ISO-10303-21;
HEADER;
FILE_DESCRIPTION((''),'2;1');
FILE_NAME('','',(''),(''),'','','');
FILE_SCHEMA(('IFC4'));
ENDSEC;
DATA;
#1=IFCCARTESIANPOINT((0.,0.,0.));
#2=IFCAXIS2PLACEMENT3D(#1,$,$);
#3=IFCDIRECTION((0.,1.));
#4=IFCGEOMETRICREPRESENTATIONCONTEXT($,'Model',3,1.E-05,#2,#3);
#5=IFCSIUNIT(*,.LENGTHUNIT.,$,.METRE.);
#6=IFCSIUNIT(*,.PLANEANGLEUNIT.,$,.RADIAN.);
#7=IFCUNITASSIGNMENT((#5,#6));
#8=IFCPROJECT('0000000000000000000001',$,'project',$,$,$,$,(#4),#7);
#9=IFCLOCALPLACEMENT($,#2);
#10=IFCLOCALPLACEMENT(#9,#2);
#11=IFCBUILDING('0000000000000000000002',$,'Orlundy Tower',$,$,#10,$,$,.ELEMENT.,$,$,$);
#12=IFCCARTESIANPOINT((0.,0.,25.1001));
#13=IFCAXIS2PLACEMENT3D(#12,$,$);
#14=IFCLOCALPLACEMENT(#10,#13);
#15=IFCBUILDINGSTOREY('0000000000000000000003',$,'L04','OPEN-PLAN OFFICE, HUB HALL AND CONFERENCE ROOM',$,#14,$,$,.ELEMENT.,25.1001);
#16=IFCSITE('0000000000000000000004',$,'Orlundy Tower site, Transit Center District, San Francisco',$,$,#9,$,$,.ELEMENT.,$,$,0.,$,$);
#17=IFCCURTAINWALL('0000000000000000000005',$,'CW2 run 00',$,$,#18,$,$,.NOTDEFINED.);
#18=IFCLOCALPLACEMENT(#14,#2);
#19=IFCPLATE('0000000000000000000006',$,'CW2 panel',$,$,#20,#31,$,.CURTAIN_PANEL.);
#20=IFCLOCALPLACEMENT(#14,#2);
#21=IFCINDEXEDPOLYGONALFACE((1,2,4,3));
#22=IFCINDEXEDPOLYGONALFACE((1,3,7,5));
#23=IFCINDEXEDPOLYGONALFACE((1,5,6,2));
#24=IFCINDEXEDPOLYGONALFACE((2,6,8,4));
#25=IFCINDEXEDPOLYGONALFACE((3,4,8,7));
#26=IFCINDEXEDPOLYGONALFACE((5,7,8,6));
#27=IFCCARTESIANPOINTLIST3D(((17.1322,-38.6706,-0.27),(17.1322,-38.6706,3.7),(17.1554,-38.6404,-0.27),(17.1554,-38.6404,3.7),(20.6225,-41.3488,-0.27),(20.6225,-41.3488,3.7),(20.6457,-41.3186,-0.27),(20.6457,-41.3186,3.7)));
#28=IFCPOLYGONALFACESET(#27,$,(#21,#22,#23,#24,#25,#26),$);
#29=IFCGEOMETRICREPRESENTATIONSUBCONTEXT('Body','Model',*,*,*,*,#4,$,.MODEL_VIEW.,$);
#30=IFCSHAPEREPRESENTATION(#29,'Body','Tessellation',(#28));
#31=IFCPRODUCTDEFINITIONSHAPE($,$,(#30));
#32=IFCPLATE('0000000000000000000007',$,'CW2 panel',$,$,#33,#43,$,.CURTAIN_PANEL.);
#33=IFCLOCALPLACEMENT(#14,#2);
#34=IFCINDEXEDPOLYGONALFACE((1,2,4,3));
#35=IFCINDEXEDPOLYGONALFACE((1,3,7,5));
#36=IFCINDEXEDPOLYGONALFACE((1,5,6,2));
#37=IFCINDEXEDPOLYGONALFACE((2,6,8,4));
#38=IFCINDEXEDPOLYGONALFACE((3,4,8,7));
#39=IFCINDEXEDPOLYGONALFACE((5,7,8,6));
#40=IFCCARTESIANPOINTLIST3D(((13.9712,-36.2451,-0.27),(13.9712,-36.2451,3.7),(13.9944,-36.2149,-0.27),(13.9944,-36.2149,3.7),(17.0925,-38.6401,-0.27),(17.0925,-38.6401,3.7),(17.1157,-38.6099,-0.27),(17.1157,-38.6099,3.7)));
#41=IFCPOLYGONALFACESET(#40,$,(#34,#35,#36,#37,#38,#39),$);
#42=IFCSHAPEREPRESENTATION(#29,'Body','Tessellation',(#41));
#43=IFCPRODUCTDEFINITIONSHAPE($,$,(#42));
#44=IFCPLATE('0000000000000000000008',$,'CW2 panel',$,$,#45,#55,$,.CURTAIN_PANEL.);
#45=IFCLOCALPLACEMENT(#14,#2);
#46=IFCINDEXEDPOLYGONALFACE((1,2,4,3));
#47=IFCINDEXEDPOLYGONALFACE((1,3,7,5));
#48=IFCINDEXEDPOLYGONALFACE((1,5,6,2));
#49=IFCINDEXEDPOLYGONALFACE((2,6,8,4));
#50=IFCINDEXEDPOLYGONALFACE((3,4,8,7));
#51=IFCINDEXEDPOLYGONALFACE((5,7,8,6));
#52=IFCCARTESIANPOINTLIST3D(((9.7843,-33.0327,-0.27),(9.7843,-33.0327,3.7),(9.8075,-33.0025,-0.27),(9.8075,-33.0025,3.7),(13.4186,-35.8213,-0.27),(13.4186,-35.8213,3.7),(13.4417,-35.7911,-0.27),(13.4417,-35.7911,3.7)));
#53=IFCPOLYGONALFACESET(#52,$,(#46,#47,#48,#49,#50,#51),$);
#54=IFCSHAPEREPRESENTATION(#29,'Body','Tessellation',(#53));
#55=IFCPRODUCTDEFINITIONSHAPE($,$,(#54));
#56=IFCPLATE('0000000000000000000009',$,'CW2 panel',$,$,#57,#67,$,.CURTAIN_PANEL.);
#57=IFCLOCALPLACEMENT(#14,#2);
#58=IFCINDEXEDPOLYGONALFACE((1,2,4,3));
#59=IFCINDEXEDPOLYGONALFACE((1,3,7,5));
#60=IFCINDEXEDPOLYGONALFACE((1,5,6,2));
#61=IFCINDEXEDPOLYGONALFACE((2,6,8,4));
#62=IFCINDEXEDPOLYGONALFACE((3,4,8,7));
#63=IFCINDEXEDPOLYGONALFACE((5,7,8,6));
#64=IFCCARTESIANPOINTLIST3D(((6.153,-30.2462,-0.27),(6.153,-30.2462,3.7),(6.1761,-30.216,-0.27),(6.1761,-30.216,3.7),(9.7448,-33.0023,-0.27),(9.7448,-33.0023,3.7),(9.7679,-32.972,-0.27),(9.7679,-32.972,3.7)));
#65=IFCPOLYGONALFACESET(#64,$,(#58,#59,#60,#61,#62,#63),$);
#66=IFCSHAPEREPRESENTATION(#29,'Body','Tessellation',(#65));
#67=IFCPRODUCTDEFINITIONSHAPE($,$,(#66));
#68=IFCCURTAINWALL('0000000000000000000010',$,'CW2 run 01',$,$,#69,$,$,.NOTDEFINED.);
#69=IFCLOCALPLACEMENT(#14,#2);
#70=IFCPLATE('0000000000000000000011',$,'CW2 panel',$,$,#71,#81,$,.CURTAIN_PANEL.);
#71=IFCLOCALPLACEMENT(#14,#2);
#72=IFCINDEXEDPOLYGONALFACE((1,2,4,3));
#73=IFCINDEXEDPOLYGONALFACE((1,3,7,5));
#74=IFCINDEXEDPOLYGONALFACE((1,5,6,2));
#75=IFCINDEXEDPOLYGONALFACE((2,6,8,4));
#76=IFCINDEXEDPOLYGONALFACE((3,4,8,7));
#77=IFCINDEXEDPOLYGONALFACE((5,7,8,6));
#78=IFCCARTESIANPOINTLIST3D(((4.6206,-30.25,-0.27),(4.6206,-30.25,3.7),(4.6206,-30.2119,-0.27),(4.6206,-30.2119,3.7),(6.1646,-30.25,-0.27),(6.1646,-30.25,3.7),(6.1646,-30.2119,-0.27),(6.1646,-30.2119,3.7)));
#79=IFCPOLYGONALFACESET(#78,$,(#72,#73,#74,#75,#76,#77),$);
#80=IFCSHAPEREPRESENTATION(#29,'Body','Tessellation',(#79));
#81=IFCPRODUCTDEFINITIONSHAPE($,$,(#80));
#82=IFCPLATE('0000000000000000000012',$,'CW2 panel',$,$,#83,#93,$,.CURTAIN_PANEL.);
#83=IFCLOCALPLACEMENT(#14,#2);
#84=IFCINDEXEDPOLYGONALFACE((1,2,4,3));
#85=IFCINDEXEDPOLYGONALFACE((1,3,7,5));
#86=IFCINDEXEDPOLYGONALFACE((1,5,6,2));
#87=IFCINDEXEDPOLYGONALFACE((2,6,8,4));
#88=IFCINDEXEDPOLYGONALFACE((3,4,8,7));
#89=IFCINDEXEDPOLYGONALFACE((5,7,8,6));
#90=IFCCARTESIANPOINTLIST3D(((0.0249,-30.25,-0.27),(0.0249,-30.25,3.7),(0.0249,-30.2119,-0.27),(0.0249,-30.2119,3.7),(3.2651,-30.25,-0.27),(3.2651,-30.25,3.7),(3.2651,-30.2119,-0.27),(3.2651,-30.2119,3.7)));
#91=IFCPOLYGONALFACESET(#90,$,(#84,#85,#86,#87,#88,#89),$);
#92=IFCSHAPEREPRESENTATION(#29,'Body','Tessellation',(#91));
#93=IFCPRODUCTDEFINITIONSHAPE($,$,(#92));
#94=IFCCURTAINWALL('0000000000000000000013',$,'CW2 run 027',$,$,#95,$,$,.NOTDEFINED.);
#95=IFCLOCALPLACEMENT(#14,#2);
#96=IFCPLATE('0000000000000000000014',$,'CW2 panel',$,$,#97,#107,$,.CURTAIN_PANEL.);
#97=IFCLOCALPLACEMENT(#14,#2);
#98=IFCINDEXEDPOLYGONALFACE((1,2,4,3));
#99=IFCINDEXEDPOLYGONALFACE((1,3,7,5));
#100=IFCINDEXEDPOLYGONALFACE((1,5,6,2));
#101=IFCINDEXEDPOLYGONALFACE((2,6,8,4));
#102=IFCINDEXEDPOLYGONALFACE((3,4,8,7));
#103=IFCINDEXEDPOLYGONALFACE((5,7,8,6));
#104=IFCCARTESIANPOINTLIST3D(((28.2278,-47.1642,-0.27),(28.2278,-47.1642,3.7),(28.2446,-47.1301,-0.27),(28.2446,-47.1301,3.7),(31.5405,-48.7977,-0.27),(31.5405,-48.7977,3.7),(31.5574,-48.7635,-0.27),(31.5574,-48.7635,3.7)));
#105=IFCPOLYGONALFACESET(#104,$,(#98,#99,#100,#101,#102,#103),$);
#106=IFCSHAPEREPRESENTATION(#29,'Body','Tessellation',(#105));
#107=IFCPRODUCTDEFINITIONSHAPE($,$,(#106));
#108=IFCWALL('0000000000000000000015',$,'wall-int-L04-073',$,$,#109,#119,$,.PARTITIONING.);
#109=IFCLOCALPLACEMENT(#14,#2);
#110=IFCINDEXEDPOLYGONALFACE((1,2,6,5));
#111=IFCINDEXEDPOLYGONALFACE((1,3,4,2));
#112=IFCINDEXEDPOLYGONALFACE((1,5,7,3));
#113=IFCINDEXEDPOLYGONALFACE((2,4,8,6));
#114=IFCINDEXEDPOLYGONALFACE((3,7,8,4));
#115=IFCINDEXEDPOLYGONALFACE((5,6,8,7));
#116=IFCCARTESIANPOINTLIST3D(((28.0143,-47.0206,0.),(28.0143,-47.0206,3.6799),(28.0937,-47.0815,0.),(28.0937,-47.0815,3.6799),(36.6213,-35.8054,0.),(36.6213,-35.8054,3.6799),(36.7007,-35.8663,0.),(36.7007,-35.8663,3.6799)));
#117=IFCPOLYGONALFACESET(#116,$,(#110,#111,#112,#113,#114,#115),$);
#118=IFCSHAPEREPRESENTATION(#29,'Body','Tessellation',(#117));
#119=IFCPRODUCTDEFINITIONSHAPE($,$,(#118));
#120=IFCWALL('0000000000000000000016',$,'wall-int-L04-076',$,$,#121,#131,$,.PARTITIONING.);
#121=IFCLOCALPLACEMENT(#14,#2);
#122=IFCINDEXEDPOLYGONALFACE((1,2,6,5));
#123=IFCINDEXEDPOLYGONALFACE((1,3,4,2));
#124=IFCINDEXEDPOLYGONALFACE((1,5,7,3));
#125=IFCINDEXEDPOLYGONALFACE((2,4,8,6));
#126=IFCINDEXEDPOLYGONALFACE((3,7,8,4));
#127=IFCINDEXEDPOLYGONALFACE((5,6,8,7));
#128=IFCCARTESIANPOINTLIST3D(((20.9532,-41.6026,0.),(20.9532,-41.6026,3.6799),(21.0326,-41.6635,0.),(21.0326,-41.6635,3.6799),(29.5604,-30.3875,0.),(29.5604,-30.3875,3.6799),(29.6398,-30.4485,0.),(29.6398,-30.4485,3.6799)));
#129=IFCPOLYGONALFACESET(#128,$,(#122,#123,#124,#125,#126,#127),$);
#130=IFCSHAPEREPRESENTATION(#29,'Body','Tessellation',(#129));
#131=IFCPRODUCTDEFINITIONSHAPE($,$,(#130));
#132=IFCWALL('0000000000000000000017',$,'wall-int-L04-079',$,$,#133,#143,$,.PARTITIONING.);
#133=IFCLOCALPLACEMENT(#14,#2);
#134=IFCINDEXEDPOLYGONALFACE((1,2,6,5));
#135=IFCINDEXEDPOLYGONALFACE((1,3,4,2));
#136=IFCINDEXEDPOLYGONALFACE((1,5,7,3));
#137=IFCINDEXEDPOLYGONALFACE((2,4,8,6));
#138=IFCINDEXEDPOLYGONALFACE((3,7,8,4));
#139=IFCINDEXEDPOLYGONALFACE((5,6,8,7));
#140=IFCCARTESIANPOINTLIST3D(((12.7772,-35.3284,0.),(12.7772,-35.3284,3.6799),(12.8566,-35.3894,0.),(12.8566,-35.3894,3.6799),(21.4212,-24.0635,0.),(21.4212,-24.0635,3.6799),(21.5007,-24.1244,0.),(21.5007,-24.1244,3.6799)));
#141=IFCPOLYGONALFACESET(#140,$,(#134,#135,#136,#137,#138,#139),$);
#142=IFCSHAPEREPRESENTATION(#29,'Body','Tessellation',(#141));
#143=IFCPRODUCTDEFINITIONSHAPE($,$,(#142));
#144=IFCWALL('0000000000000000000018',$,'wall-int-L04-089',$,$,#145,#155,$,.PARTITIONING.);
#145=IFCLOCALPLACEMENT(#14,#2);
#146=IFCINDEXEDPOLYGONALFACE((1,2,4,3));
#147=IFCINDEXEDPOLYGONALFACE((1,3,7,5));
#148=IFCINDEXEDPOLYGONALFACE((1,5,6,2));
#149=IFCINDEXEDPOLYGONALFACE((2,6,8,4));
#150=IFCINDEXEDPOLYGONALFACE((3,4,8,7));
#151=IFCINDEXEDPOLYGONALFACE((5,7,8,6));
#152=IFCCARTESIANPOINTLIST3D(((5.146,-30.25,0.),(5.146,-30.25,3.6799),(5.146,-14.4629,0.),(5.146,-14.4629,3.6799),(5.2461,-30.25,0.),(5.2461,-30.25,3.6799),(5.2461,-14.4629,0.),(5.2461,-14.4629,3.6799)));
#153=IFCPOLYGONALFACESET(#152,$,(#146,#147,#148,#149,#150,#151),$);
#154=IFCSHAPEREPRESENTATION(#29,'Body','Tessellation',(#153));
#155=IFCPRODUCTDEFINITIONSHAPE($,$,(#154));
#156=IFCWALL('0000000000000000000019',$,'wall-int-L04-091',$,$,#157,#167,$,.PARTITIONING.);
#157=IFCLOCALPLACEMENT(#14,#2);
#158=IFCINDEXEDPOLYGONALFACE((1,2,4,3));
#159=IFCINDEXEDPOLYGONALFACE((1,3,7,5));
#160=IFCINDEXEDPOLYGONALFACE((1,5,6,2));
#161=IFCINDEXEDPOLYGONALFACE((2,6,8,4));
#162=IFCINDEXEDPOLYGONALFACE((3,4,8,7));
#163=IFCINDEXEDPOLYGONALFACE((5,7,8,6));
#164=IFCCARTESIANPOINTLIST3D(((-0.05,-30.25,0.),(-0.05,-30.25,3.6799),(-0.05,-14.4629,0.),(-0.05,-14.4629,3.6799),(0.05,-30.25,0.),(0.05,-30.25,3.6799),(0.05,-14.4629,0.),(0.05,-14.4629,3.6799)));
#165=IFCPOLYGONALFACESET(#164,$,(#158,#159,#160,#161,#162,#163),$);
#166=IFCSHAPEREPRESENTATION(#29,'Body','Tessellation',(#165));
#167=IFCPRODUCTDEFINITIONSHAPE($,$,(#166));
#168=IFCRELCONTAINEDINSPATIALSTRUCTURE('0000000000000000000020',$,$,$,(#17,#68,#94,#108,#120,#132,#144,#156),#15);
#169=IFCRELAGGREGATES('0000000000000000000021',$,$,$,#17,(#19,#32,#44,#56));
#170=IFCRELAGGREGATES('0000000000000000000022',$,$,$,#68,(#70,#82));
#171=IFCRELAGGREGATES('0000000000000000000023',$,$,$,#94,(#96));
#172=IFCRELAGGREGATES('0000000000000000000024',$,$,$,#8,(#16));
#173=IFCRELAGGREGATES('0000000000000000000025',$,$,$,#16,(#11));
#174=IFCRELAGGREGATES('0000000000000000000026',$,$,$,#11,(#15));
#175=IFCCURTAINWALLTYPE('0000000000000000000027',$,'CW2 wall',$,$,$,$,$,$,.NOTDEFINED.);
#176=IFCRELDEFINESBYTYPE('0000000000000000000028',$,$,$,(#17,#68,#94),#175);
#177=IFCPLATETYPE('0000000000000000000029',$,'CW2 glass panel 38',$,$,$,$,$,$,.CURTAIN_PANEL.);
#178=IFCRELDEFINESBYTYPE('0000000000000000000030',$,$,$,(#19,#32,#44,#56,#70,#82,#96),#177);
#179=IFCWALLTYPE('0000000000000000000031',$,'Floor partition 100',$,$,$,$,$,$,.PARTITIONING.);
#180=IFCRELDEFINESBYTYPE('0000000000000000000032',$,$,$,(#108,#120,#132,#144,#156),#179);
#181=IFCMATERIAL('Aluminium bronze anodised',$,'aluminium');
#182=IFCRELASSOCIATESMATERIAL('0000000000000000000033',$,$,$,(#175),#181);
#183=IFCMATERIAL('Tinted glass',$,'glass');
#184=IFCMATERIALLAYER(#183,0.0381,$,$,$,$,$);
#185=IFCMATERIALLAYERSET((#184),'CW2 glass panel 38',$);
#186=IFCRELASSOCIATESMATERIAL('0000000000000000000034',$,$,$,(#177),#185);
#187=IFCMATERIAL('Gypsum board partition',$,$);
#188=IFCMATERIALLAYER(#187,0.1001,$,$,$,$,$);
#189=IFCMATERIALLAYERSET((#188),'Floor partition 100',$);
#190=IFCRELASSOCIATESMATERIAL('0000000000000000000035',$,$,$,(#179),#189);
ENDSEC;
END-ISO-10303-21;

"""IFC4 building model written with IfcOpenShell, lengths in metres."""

from ifc_helpers import new_model, si_unit, direction, frame, frame_2d, origin, origin_2d, place, context, subcontext, project, spatial, rectangle, extrude, material, layer, layer_set, type_object, element, aggregate, save


model = new_model("IFC4")

# Units and contexts
model_context = context("Model", 3, precision=1e-05, world=origin(), true_north=direction((0.0, 1.0)))
body_context = subcontext(model_context, "Body", "Model", "MODEL_VIEW")
ifc_project = project(units=[si_unit("LENGTHUNIT", "METRE"), si_unit("PLANEANGLEUNIT", "RADIAN")], contexts=[model_context])

# Site, building, storey
site_placement = place(None, origin())
site = spatial("IfcSite", under=ifc_project, at=site_placement, Name="Orlundy Tower site, Transit Center District, San Francisco", CompositionType="ELEMENT", RefElevation=0.0)
building_placement = place(site_placement, origin())
building = spatial("IfcBuilding", under=site, at=building_placement, Name="Orlundy Tower", CompositionType="ELEMENT")
storey_placement = place(building_placement, frame((0.0, 0.0, 25.1001)))
storey = spatial("IfcBuildingStorey", under=building, at=storey_placement, Name="L04", Description="OPEN-PLAN OFFICE, HUB HALL AND CONFERENCE ROOM", CompositionType="ELEMENT", Elevation=25.1001)

# Curtain wall, plates
ifc_material_1 = material(Name="Aluminium bronze anodised", Category="aluminium")
curtain_wall_type = type_object("IfcCurtainWallType", Name="CW2 wall", PredefinedType="NOTDEFINED", material=ifc_material_1)
curtain_wall_1_placement = place(storey_placement, origin())
curtain_wall_1 = element("IfcCurtainWall", 1, at=curtain_wall_1_placement, inside=storey, type_object=curtain_wall_type, Name="CW2 run 00", PredefinedType="NOTDEFINED")
ifc_material_2 = material(Name="Tinted glass", Category="glass")
ifc_layer_1 = layer(ifc_material_2, 0.0381)
ifc_layer_set_1 = layer_set([ifc_layer_1], Name="CW2 glass panel 38")
plate_type = type_object("IfcPlateType", Name="CW2 glass panel 38", PredefinedType="CURTAIN_PANEL", material=ifc_layer_set_1)
plate_1_placement = place(storey_placement, frame((18.8889, -39.9946, -0.27), z_axis=(0.0, 0.0, 1.0), x_axis=(-0.793357, 0.608757, 0.0)))
plate_1 = element("IfcPlate", 2, at=plate_1_placement, type_object=plate_type, Name="CW2 panel", PredefinedType="CURTAIN_PANEL", context=body_context, shape_type="SweptSolid", body=[
    extrude(rectangle(XDim=4.3994, YDim=0.0381, at=origin_2d()), origin(), (0.0, 0.0, 1.0), 3.97),
])
plate_2_placement = place(storey_placement, frame((15.5435, -37.4275, -0.27), z_axis=(0.0, 0.0, 1.0), x_axis=(-0.793357, 0.608757, 0.0)))
plate_2 = element("IfcPlate", 3, at=plate_2_placement, type_object=plate_type, Name="CW2 panel", PredefinedType="CURTAIN_PANEL", context=body_context, shape_type="SweptSolid", body=[
    extrude(rectangle(XDim=3.9343, YDim=0.0381, at=origin_2d()), origin(), (0.0, 0.0, 1.0), 3.97),
])
plate_3_placement = place(storey_placement, frame((11.613, -34.4119, -0.27), z_axis=(0.0, 0.0, 1.0), x_axis=(-0.793357, 0.608757, 0.0)))
plate_3 = element("IfcPlate", 4, at=plate_3_placement, type_object=plate_type, Name="CW2 panel", PredefinedType="CURTAIN_PANEL", context=body_context, shape_type="SweptSolid", body=[
    extrude(rectangle(XDim=4.5808, YDim=0.0381, at=origin_2d()), origin(), (0.0, 0.0, 1.0), 3.97),
])
plate_4_placement = place(storey_placement, frame((7.9604, -31.6091, -0.27), z_axis=(0.0, 0.0, 1.0), x_axis=(-0.793357, 0.608757, 0.0)))
plate_4 = element("IfcPlate", 5, at=plate_4_placement, type_object=plate_type, Name="CW2 panel", PredefinedType="CURTAIN_PANEL", context=body_context, shape_type="SweptSolid", body=[
    extrude(rectangle(XDim=4.5273, YDim=0.0381, at=origin_2d()), origin(), (0.0, 0.0, 1.0), 3.97),
])
aggregate(curtain_wall_1, [plate_1, plate_2, plate_3, plate_4])

# Curtain wall, plates
curtain_wall_2_placement = place(storey_placement, origin())
curtain_wall_2 = element("IfcCurtainWall", 6, at=curtain_wall_2_placement, inside=storey, type_object=curtain_wall_type, Name="CW2 run 01", PredefinedType="NOTDEFINED")
plate_5_placement = place(storey_placement, frame((5.3926, -30.231, -0.27), z_axis=(0.0, 0.0, 1.0), x_axis=(-1.0, 0.0, 0.0)))
plate_5 = element("IfcPlate", 7, at=plate_5_placement, type_object=plate_type, Name="CW2 panel", PredefinedType="CURTAIN_PANEL", context=body_context, shape_type="SweptSolid", body=[
    extrude(rectangle(XDim=1.5439, YDim=0.0381, at=origin_2d()), origin(), (0.0, 0.0, 1.0), 3.97),
])
plate_6_placement = place(storey_placement, frame((1.645, -30.231, -0.27), z_axis=(0.0, 0.0, 1.0), x_axis=(-1.0, 0.0, 0.0)))
plate_6 = element("IfcPlate", 8, at=plate_6_placement, type_object=plate_type, Name="CW2 panel", PredefinedType="CURTAIN_PANEL", context=body_context, shape_type="SweptSolid", body=[
    extrude(rectangle(XDim=3.2402, YDim=0.0381, at=origin_2d()), origin(), (0.0, 0.0, 1.0), 3.97),
])
aggregate(curtain_wall_2, [plate_5, plate_6])

# Curtain wall, plate
curtain_wall_3_placement = place(storey_placement, origin())
curtain_wall_3 = element("IfcCurtainWall", 9, at=curtain_wall_3_placement, inside=storey, type_object=curtain_wall_type, Name="CW2 run 027", PredefinedType="NOTDEFINED")
plate_7_placement = place(storey_placement, frame((29.8926, -47.9639, -0.27), z_axis=(0.0, 0.0, 1.0), x_axis=(-0.896896, 0.442242, 0.0)))
plate_7 = element("IfcPlate", 10, at=plate_7_placement, type_object=plate_type, Name="CW2 panel", PredefinedType="CURTAIN_PANEL", context=body_context, shape_type="SweptSolid", body=[
    extrude(rectangle(XDim=3.6936, YDim=0.0381, at=origin_2d()), origin(), (0.0, 0.0, 1.0), 3.97),
])
aggregate(curtain_wall_3, [plate_7])

# Walls
ifc_material_3 = material(Name="Gypsum board partition")
ifc_layer_2 = layer(ifc_material_3, 0.1001)
ifc_layer_set_2 = layer_set([ifc_layer_2], Name="Floor partition 100")
wall_type = type_object("IfcWallType", Name="Floor partition 100", PredefinedType="PARTITIONING", material=ifc_layer_set_2)
for number, where, z_axis, x_axis, name in (
    (11, (28.054, -47.051, 0.0), (0.0, 0.0, 1.0), (0.608819, 0.793309, 0.0), "wall-int-L04-073"),
    (12, (20.9929, -41.6331, 0.0), (0.0, 0.0, 1.0), (0.60883, 0.793301, 0.0), "wall-int-L04-076"),
):
    element("IfcWall", number, at=place(storey_placement, frame(where, z_axis=z_axis, x_axis=x_axis)), inside=storey, type_object=wall_type, Name=name, PredefinedType="PARTITIONING", context=body_context, shape_type="SweptSolid", body=[
        extrude(rectangle(XDim=14.1372, YDim=0.1001, at=frame_2d((7.0686, 0.0))), origin(), (0.0, 0.0, 1.0), 3.6799),
    ])
wall_placement = place(storey_placement, frame((12.8169, -35.3589, 0.0), z_axis=(0.0, 0.0, 1.0), x_axis=(0.60877, 0.793347, 0.0)))
element("IfcWall", 13, at=wall_placement, inside=storey, type_object=wall_type, Name="wall-int-L04-079", PredefinedType="PARTITIONING", context=body_context, shape_type="SweptSolid", body=[
    extrude(rectangle(XDim=14.1992, YDim=0.1001, at=frame_2d((7.0996, 0.0))), origin(), (0.0, 0.0, 1.0), 3.6799),
])
for number, where, z_axis, x_axis, name in (
    (14, (5.196, -30.25, 0.0), (0.0, 0.0, 1.0), (0.0, 1.0, 0.0), "wall-int-L04-089"),
    (15, (0.0, -30.25, 0.0), (0.0, 0.0, 1.0), (0.0, 1.0, 0.0), "wall-int-L04-091"),
):
    element("IfcWall", number, at=place(storey_placement, frame(where, z_axis=z_axis, x_axis=x_axis)), inside=storey, type_object=wall_type, Name=name, PredefinedType="PARTITIONING", context=body_context, shape_type="SweptSolid", body=[
        extrude(rectangle(XDim=15.7871, YDim=0.1001, at=frame_2d((7.8936, 0.0))), origin(), (0.0, 0.0, 1.0), 3.6799),
    ])

save(model, "model.ifc")
